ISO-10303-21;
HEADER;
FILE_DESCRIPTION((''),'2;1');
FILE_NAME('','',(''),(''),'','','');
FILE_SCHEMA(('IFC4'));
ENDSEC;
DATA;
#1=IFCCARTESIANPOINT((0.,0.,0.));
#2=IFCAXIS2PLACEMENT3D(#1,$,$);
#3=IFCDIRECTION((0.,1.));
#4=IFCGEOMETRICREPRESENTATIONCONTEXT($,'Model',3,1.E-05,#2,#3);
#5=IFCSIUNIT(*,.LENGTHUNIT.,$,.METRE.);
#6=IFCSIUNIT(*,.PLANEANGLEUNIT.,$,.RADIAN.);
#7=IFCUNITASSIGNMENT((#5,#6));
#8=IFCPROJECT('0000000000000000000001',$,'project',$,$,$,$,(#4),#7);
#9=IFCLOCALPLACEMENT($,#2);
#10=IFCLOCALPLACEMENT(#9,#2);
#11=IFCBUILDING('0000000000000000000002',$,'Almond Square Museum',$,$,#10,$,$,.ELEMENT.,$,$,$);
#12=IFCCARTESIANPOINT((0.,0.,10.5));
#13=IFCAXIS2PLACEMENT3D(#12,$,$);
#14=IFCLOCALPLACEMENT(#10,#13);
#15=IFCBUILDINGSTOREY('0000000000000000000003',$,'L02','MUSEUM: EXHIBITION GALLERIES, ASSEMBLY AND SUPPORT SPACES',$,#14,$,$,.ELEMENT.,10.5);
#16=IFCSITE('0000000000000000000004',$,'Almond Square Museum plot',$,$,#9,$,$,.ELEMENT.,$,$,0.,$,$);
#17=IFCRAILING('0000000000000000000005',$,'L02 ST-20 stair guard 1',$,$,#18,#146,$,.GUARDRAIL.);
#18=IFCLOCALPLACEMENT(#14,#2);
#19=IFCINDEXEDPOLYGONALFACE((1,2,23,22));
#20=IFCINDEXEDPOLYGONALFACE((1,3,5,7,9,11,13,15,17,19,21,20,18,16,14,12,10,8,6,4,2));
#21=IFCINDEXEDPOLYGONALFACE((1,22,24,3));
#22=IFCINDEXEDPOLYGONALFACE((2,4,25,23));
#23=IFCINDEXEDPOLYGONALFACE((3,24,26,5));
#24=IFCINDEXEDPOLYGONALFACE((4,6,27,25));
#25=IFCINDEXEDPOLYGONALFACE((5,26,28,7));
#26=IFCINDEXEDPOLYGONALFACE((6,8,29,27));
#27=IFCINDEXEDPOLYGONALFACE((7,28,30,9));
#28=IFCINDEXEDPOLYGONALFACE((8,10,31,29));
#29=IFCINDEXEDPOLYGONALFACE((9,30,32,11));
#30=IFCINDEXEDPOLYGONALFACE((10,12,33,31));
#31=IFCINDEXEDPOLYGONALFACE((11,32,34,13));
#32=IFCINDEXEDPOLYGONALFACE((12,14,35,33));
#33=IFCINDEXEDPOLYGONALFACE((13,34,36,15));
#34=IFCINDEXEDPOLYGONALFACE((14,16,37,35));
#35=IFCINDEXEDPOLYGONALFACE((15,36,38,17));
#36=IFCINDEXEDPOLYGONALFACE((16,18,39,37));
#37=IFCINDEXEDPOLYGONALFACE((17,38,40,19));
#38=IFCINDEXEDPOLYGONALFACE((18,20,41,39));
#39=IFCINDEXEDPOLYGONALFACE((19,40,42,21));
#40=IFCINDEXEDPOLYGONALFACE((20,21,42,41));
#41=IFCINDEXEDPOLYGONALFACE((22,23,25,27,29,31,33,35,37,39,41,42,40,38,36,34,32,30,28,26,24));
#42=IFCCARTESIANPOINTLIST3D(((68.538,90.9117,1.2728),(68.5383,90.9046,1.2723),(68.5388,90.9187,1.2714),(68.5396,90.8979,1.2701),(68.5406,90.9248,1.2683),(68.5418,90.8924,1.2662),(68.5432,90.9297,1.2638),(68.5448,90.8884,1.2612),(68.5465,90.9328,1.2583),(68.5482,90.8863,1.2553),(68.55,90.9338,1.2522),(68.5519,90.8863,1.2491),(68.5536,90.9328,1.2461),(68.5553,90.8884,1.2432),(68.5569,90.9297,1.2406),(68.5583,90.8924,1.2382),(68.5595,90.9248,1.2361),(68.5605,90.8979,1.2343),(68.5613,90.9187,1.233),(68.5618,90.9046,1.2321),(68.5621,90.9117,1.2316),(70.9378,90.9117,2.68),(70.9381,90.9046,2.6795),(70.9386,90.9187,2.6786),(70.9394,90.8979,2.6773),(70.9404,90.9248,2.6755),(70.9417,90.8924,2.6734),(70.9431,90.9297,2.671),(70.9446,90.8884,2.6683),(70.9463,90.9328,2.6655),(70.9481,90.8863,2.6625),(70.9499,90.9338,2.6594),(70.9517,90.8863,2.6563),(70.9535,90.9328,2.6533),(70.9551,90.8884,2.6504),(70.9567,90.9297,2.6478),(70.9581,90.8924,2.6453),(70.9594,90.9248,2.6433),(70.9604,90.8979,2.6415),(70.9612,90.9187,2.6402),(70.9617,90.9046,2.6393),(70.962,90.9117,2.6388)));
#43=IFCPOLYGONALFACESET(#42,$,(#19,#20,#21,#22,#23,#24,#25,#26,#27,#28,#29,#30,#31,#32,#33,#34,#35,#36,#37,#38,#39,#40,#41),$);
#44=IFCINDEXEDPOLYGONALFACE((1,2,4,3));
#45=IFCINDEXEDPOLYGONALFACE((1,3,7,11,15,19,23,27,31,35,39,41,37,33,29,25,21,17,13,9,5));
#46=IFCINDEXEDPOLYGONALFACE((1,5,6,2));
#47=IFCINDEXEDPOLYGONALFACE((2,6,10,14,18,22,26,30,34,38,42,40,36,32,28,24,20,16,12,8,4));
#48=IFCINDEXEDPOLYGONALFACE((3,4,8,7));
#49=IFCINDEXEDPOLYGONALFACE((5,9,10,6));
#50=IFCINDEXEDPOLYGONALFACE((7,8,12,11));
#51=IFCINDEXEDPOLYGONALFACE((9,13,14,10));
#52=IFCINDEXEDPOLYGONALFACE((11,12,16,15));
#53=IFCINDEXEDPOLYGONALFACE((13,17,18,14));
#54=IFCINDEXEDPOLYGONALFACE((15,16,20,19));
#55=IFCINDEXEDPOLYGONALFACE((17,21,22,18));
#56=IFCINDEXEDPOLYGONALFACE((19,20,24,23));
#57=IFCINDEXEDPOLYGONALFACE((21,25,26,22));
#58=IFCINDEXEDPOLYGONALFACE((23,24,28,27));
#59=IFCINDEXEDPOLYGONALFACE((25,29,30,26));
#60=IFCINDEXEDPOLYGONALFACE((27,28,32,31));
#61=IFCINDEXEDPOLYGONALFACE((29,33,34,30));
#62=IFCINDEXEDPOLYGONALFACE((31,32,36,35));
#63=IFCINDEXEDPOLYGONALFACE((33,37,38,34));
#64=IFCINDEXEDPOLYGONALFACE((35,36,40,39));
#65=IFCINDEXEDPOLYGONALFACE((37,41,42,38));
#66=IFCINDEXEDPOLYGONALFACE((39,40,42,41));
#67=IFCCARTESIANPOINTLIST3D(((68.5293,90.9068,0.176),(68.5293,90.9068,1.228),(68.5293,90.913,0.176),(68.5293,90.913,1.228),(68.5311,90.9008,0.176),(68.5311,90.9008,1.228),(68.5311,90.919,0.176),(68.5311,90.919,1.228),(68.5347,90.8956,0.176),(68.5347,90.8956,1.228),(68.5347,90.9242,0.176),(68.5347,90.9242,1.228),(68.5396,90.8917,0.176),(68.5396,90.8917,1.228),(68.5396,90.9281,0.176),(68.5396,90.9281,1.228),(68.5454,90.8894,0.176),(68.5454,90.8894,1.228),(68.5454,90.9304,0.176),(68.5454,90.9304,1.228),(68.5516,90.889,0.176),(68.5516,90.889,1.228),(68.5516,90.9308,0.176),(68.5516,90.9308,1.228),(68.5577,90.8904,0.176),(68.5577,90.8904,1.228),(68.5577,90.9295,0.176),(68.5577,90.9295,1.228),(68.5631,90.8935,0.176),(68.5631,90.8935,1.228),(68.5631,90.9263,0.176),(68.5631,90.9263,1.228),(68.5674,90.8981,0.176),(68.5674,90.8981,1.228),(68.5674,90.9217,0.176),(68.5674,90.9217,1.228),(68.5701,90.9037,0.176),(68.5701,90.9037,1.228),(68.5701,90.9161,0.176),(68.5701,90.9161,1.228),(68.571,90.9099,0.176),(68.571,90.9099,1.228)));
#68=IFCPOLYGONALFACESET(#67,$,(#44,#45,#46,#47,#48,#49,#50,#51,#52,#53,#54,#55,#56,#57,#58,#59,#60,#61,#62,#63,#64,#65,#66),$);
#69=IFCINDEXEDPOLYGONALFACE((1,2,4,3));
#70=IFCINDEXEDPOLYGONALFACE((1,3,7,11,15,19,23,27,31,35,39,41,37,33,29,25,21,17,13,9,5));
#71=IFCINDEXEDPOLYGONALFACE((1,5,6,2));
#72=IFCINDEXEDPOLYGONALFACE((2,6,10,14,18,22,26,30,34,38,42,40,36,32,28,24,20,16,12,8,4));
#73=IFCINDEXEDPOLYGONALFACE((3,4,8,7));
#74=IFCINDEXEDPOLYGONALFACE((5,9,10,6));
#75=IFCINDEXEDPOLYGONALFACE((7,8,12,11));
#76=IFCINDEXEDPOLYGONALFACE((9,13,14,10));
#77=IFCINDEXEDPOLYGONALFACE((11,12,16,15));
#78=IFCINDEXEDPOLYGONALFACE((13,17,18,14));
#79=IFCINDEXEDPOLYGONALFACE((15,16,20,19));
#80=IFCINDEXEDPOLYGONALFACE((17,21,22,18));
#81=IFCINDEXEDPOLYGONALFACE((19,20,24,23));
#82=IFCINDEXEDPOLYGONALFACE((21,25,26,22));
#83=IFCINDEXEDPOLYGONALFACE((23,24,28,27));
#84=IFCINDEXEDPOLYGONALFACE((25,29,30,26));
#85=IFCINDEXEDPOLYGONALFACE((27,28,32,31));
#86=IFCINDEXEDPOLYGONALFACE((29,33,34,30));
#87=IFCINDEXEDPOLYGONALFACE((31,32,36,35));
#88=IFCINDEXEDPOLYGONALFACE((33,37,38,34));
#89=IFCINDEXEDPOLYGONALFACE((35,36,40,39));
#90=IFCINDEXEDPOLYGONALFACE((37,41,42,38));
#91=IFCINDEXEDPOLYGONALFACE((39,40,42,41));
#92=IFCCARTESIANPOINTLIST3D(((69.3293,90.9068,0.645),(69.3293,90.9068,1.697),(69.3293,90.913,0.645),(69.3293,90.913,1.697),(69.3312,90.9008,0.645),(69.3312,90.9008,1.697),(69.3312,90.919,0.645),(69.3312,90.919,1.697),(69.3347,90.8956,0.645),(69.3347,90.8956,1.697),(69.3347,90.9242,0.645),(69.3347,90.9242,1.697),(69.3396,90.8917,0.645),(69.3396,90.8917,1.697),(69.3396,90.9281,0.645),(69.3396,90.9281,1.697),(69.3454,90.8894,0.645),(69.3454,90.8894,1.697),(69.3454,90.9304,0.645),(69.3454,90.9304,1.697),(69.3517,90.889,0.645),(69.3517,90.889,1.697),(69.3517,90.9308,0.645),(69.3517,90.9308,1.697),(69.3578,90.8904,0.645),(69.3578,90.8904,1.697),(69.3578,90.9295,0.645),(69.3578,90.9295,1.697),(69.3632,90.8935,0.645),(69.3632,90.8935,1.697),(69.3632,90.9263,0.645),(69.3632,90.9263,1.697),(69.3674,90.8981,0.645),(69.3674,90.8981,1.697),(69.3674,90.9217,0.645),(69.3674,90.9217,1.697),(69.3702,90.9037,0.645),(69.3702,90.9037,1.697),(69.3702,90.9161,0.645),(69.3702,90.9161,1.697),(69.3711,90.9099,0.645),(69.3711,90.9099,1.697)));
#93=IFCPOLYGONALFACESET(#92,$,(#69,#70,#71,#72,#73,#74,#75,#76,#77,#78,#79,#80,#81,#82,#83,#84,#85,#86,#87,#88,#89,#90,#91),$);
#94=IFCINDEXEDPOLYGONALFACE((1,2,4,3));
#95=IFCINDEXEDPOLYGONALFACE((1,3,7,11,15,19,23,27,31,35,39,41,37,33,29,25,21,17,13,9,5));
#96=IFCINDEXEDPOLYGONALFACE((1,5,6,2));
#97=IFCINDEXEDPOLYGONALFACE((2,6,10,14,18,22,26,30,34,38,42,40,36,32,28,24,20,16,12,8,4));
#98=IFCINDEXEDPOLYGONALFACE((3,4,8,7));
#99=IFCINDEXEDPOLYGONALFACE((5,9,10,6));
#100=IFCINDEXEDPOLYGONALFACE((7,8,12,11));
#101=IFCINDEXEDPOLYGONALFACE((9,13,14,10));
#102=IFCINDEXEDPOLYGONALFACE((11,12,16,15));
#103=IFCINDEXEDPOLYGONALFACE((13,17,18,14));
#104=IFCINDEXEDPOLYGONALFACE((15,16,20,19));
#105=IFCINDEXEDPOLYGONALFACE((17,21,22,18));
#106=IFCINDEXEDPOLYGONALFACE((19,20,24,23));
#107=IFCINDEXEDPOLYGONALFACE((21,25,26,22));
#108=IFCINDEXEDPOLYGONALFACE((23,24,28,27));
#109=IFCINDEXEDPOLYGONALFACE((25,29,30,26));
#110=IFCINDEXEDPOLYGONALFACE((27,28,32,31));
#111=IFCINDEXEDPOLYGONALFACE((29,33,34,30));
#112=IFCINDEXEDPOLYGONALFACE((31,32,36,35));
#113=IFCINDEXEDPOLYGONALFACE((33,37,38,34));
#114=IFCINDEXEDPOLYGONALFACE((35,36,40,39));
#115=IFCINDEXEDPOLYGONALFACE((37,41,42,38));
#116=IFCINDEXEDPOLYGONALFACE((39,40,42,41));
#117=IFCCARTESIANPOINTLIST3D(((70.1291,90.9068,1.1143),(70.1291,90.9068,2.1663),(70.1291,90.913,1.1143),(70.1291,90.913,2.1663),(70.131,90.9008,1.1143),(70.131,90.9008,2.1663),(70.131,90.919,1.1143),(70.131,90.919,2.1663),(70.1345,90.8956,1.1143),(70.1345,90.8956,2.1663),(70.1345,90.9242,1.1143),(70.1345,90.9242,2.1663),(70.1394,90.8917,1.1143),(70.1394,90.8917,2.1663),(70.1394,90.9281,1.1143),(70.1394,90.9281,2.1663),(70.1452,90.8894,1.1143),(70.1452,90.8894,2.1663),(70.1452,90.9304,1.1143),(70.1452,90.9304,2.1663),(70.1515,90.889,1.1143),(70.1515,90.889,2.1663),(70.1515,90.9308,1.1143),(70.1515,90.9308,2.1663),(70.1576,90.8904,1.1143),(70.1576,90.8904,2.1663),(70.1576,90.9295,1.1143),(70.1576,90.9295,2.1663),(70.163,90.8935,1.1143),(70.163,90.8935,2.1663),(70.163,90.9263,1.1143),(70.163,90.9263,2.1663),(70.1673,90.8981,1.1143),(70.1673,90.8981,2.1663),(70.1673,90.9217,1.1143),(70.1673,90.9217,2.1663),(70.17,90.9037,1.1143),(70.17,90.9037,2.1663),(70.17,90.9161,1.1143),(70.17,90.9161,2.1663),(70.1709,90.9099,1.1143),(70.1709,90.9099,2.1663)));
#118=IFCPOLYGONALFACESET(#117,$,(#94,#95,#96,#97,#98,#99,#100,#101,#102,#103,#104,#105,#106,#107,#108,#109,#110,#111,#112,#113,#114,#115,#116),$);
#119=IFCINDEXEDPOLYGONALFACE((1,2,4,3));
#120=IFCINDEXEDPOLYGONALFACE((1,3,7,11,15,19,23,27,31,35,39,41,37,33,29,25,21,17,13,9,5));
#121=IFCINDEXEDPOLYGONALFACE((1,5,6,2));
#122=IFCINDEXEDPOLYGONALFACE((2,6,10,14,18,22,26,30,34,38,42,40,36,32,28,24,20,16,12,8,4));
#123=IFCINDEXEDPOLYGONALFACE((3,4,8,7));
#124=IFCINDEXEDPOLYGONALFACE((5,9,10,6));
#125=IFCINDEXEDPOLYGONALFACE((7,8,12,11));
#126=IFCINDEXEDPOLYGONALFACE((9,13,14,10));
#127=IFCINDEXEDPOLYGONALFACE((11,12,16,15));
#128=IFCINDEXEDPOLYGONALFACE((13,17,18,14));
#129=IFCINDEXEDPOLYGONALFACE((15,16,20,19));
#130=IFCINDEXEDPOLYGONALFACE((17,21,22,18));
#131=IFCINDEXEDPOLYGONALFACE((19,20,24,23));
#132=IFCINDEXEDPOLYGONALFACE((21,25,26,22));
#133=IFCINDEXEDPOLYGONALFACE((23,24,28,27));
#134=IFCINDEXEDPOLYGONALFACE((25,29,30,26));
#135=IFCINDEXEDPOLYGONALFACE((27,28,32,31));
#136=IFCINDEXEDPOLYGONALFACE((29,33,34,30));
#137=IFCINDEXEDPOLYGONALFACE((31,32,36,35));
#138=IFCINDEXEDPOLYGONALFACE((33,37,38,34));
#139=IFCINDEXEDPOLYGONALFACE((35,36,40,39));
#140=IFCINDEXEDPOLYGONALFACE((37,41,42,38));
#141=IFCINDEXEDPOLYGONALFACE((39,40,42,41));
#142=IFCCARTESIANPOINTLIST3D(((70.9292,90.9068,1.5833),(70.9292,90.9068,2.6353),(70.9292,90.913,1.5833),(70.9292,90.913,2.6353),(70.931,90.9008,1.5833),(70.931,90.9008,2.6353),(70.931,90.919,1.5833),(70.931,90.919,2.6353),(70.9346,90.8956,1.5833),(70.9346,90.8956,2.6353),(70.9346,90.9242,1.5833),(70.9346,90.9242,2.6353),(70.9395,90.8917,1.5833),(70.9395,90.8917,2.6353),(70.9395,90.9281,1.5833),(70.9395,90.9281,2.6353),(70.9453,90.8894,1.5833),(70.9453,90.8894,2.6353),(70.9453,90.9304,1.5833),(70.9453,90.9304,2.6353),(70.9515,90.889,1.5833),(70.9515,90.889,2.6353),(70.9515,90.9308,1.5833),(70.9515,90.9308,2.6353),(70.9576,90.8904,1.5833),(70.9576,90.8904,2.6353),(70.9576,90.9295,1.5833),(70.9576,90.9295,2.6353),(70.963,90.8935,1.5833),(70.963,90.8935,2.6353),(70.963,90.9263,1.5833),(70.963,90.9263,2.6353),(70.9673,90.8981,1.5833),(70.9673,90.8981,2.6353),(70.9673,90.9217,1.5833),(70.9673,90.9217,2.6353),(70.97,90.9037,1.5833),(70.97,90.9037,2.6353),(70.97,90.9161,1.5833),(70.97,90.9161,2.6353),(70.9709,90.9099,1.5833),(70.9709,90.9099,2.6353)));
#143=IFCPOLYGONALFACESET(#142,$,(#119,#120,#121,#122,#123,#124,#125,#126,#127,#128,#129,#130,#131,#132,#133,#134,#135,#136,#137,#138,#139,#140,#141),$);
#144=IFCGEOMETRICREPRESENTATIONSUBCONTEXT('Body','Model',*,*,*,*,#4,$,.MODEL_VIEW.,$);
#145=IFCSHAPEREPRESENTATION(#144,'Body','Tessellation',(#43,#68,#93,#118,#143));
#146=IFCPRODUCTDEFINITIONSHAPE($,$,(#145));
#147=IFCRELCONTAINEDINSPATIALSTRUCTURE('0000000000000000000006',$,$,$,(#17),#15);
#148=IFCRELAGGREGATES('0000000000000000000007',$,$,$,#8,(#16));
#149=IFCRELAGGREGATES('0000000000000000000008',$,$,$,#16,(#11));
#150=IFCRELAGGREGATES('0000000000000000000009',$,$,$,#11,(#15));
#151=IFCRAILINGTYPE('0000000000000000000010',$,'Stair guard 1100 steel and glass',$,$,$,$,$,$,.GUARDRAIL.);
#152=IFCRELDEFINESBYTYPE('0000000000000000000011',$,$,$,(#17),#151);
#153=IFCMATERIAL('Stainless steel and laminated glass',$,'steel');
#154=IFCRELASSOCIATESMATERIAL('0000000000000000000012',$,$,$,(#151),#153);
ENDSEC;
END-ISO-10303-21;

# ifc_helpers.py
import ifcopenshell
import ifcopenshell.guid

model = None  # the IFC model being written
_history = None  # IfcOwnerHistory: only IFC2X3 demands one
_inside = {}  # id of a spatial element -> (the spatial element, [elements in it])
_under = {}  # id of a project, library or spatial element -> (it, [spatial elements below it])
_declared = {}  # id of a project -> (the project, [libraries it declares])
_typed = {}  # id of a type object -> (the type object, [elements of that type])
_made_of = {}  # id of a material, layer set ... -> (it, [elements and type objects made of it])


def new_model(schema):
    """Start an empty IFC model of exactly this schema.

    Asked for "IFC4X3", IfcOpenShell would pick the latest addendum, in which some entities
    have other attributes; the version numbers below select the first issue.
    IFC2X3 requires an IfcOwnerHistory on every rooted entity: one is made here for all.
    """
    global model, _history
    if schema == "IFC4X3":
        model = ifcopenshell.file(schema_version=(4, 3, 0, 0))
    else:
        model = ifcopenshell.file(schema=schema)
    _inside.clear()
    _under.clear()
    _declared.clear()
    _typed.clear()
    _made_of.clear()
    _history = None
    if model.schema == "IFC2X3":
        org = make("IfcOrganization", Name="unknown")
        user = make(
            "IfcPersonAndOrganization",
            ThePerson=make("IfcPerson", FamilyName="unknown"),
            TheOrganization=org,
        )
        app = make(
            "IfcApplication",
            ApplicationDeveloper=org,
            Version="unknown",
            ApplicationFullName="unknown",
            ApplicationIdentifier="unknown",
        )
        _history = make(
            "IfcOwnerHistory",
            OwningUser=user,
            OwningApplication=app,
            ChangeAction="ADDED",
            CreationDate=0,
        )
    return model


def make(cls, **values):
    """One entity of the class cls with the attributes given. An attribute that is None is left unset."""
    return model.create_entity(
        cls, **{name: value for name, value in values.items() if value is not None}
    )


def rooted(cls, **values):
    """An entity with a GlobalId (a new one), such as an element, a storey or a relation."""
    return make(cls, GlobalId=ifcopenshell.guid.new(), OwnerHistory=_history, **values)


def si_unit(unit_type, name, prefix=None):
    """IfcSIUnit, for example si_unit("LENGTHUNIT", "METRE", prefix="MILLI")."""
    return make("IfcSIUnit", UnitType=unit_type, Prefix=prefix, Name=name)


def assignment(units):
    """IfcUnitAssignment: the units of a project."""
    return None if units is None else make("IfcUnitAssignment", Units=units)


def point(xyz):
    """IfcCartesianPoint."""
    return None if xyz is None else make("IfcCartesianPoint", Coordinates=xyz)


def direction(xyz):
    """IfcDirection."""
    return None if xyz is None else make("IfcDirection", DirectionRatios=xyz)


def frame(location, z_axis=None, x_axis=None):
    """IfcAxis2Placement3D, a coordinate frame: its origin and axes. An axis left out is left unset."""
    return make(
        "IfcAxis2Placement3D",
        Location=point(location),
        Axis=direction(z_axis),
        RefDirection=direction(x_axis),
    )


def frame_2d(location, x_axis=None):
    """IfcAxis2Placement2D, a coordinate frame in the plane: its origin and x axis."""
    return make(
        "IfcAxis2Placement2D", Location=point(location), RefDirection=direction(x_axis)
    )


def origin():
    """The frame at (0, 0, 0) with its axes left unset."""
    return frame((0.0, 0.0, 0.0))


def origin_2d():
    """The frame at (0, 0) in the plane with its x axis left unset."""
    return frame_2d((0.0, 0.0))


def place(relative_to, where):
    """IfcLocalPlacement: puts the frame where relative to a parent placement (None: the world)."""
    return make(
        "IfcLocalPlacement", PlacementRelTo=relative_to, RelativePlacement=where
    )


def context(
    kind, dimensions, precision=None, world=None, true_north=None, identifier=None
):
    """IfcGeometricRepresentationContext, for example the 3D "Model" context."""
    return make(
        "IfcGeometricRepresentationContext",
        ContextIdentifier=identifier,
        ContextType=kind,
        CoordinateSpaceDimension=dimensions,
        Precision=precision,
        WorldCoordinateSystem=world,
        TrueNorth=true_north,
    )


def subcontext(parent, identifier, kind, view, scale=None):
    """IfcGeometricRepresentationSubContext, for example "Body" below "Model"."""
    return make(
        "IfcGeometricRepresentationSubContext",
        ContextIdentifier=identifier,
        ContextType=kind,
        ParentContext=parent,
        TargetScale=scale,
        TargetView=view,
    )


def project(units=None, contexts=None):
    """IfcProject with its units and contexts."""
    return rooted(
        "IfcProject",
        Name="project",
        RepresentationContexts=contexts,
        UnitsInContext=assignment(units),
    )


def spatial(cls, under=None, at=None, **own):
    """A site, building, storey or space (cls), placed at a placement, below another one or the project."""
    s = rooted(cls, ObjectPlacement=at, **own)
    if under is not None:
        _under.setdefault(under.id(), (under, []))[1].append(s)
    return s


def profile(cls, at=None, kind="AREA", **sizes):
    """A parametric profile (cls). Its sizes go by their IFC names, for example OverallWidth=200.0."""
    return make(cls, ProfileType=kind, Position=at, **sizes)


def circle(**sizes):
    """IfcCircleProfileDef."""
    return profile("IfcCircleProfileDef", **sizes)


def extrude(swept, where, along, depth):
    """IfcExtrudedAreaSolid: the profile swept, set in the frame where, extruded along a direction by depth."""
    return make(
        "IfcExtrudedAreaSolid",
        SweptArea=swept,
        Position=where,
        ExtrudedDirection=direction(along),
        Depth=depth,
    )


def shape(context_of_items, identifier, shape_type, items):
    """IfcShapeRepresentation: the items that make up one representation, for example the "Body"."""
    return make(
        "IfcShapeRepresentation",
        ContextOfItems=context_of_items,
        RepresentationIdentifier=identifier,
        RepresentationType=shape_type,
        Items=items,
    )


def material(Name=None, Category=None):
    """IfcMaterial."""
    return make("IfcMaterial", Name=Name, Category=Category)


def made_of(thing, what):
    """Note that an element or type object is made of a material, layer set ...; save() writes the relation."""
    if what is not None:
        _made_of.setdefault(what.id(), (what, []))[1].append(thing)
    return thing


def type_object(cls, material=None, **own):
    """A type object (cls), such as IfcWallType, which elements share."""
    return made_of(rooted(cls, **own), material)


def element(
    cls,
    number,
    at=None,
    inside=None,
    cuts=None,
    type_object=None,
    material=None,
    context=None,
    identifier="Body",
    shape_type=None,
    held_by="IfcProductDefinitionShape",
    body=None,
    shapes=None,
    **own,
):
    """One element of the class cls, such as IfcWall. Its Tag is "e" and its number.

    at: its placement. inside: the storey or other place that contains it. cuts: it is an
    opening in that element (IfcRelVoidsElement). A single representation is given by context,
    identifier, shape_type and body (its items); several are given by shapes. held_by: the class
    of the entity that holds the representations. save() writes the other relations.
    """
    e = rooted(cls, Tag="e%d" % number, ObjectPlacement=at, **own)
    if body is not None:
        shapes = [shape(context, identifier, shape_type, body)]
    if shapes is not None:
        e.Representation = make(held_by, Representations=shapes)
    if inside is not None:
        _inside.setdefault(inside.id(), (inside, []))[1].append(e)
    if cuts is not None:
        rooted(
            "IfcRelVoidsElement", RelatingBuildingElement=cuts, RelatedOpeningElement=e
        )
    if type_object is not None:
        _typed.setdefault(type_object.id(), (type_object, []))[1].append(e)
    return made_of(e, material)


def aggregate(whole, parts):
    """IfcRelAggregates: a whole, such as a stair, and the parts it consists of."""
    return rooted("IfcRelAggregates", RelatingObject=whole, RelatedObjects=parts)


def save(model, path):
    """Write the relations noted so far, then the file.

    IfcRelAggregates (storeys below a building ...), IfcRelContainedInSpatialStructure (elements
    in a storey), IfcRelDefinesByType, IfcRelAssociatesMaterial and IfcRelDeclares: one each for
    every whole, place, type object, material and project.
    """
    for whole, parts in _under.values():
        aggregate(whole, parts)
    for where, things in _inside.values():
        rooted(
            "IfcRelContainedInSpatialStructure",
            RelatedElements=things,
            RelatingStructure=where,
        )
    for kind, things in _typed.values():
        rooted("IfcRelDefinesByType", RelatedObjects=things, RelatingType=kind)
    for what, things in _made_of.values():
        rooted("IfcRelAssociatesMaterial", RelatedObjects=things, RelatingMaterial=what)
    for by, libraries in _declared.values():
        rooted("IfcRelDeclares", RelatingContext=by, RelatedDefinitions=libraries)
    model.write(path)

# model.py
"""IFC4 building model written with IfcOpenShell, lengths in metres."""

from ifc_helpers import new_model, si_unit, direction, frame, origin, origin_2d, place, context, subcontext, project, spatial, circle, extrude, material, type_object, element, save


model = new_model("IFC4")

# Units and contexts
model_context = context("Model", 3, precision=1e-05, world=origin(), true_north=direction((0.0, 1.0)))
body_context = subcontext(model_context, "Body", "Model", "MODEL_VIEW")
ifc_project = project(units=[si_unit("LENGTHUNIT", "METRE"), si_unit("PLANEANGLEUNIT", "RADIAN")], contexts=[model_context])

# Site, building, storey
site_placement = place(None, origin())
site = spatial("IfcSite", under=ifc_project, at=site_placement, Name="Almond Square Museum plot", CompositionType="ELEMENT", RefElevation=0.0)
building_placement = place(site_placement, origin())
building = spatial("IfcBuilding", under=site, at=building_placement, Name="Almond Square Museum", CompositionType="ELEMENT")
storey_placement = place(building_placement, frame((0.0, 0.0, 10.5)))
storey = spatial("IfcBuildingStorey", under=building, at=storey_placement, Name="L02", Description="MUSEUM: EXHIBITION GALLERIES, ASSEMBLY AND SUPPORT SPACES", CompositionType="ELEMENT", Elevation=10.5)

# Railing
ifc_material_1 = material(Name="Stainless steel and laminated glass", Category="steel")
railing_type_1 = type_object("IfcRailingType", Name="Stair guard 1100 steel and glass", PredefinedType="GUARDRAIL", material=ifc_material_1)
railing_1_placement = place(storey_placement, frame((68.55, 90.9099, 0.176)))
element("IfcRailing", 1, at=railing_1_placement, inside=storey, type_object=railing_type_1, Name="L02 ST-20 stair guard 1", PredefinedType="GUARDRAIL", context=body_context, shape_type="SweptSolid", body=[
    extrude(circle(Radius=0.0239, at=origin_2d()), frame((0.0, 0.0, 1.0762), z_axis=(0.862637, 0.0, 0.505823), x_axis=(0.0, 1.0, 0.0)), (0.0, 0.0, 1.0), 2.782),
    extrude(circle(Radius=0.021, at=origin_2d()), origin(), (0.0, 0.0, 1.0), 1.052),
    extrude(circle(Radius=0.021, at=origin_2d()), frame((0.8, 0.0, 0.469)), (0.0, 0.0, 1.0), 1.052),
    extrude(circle(Radius=0.021, at=origin_2d()), frame((1.5999, 0.0, 0.9382)), (0.0, 0.0, 1.0), 1.052),
    extrude(circle(Radius=0.021, at=origin_2d()), frame((2.3999, 0.0, 1.4072)), (0.0, 0.0, 1.0), 1.052),
])

save(model, "model.ifc")
